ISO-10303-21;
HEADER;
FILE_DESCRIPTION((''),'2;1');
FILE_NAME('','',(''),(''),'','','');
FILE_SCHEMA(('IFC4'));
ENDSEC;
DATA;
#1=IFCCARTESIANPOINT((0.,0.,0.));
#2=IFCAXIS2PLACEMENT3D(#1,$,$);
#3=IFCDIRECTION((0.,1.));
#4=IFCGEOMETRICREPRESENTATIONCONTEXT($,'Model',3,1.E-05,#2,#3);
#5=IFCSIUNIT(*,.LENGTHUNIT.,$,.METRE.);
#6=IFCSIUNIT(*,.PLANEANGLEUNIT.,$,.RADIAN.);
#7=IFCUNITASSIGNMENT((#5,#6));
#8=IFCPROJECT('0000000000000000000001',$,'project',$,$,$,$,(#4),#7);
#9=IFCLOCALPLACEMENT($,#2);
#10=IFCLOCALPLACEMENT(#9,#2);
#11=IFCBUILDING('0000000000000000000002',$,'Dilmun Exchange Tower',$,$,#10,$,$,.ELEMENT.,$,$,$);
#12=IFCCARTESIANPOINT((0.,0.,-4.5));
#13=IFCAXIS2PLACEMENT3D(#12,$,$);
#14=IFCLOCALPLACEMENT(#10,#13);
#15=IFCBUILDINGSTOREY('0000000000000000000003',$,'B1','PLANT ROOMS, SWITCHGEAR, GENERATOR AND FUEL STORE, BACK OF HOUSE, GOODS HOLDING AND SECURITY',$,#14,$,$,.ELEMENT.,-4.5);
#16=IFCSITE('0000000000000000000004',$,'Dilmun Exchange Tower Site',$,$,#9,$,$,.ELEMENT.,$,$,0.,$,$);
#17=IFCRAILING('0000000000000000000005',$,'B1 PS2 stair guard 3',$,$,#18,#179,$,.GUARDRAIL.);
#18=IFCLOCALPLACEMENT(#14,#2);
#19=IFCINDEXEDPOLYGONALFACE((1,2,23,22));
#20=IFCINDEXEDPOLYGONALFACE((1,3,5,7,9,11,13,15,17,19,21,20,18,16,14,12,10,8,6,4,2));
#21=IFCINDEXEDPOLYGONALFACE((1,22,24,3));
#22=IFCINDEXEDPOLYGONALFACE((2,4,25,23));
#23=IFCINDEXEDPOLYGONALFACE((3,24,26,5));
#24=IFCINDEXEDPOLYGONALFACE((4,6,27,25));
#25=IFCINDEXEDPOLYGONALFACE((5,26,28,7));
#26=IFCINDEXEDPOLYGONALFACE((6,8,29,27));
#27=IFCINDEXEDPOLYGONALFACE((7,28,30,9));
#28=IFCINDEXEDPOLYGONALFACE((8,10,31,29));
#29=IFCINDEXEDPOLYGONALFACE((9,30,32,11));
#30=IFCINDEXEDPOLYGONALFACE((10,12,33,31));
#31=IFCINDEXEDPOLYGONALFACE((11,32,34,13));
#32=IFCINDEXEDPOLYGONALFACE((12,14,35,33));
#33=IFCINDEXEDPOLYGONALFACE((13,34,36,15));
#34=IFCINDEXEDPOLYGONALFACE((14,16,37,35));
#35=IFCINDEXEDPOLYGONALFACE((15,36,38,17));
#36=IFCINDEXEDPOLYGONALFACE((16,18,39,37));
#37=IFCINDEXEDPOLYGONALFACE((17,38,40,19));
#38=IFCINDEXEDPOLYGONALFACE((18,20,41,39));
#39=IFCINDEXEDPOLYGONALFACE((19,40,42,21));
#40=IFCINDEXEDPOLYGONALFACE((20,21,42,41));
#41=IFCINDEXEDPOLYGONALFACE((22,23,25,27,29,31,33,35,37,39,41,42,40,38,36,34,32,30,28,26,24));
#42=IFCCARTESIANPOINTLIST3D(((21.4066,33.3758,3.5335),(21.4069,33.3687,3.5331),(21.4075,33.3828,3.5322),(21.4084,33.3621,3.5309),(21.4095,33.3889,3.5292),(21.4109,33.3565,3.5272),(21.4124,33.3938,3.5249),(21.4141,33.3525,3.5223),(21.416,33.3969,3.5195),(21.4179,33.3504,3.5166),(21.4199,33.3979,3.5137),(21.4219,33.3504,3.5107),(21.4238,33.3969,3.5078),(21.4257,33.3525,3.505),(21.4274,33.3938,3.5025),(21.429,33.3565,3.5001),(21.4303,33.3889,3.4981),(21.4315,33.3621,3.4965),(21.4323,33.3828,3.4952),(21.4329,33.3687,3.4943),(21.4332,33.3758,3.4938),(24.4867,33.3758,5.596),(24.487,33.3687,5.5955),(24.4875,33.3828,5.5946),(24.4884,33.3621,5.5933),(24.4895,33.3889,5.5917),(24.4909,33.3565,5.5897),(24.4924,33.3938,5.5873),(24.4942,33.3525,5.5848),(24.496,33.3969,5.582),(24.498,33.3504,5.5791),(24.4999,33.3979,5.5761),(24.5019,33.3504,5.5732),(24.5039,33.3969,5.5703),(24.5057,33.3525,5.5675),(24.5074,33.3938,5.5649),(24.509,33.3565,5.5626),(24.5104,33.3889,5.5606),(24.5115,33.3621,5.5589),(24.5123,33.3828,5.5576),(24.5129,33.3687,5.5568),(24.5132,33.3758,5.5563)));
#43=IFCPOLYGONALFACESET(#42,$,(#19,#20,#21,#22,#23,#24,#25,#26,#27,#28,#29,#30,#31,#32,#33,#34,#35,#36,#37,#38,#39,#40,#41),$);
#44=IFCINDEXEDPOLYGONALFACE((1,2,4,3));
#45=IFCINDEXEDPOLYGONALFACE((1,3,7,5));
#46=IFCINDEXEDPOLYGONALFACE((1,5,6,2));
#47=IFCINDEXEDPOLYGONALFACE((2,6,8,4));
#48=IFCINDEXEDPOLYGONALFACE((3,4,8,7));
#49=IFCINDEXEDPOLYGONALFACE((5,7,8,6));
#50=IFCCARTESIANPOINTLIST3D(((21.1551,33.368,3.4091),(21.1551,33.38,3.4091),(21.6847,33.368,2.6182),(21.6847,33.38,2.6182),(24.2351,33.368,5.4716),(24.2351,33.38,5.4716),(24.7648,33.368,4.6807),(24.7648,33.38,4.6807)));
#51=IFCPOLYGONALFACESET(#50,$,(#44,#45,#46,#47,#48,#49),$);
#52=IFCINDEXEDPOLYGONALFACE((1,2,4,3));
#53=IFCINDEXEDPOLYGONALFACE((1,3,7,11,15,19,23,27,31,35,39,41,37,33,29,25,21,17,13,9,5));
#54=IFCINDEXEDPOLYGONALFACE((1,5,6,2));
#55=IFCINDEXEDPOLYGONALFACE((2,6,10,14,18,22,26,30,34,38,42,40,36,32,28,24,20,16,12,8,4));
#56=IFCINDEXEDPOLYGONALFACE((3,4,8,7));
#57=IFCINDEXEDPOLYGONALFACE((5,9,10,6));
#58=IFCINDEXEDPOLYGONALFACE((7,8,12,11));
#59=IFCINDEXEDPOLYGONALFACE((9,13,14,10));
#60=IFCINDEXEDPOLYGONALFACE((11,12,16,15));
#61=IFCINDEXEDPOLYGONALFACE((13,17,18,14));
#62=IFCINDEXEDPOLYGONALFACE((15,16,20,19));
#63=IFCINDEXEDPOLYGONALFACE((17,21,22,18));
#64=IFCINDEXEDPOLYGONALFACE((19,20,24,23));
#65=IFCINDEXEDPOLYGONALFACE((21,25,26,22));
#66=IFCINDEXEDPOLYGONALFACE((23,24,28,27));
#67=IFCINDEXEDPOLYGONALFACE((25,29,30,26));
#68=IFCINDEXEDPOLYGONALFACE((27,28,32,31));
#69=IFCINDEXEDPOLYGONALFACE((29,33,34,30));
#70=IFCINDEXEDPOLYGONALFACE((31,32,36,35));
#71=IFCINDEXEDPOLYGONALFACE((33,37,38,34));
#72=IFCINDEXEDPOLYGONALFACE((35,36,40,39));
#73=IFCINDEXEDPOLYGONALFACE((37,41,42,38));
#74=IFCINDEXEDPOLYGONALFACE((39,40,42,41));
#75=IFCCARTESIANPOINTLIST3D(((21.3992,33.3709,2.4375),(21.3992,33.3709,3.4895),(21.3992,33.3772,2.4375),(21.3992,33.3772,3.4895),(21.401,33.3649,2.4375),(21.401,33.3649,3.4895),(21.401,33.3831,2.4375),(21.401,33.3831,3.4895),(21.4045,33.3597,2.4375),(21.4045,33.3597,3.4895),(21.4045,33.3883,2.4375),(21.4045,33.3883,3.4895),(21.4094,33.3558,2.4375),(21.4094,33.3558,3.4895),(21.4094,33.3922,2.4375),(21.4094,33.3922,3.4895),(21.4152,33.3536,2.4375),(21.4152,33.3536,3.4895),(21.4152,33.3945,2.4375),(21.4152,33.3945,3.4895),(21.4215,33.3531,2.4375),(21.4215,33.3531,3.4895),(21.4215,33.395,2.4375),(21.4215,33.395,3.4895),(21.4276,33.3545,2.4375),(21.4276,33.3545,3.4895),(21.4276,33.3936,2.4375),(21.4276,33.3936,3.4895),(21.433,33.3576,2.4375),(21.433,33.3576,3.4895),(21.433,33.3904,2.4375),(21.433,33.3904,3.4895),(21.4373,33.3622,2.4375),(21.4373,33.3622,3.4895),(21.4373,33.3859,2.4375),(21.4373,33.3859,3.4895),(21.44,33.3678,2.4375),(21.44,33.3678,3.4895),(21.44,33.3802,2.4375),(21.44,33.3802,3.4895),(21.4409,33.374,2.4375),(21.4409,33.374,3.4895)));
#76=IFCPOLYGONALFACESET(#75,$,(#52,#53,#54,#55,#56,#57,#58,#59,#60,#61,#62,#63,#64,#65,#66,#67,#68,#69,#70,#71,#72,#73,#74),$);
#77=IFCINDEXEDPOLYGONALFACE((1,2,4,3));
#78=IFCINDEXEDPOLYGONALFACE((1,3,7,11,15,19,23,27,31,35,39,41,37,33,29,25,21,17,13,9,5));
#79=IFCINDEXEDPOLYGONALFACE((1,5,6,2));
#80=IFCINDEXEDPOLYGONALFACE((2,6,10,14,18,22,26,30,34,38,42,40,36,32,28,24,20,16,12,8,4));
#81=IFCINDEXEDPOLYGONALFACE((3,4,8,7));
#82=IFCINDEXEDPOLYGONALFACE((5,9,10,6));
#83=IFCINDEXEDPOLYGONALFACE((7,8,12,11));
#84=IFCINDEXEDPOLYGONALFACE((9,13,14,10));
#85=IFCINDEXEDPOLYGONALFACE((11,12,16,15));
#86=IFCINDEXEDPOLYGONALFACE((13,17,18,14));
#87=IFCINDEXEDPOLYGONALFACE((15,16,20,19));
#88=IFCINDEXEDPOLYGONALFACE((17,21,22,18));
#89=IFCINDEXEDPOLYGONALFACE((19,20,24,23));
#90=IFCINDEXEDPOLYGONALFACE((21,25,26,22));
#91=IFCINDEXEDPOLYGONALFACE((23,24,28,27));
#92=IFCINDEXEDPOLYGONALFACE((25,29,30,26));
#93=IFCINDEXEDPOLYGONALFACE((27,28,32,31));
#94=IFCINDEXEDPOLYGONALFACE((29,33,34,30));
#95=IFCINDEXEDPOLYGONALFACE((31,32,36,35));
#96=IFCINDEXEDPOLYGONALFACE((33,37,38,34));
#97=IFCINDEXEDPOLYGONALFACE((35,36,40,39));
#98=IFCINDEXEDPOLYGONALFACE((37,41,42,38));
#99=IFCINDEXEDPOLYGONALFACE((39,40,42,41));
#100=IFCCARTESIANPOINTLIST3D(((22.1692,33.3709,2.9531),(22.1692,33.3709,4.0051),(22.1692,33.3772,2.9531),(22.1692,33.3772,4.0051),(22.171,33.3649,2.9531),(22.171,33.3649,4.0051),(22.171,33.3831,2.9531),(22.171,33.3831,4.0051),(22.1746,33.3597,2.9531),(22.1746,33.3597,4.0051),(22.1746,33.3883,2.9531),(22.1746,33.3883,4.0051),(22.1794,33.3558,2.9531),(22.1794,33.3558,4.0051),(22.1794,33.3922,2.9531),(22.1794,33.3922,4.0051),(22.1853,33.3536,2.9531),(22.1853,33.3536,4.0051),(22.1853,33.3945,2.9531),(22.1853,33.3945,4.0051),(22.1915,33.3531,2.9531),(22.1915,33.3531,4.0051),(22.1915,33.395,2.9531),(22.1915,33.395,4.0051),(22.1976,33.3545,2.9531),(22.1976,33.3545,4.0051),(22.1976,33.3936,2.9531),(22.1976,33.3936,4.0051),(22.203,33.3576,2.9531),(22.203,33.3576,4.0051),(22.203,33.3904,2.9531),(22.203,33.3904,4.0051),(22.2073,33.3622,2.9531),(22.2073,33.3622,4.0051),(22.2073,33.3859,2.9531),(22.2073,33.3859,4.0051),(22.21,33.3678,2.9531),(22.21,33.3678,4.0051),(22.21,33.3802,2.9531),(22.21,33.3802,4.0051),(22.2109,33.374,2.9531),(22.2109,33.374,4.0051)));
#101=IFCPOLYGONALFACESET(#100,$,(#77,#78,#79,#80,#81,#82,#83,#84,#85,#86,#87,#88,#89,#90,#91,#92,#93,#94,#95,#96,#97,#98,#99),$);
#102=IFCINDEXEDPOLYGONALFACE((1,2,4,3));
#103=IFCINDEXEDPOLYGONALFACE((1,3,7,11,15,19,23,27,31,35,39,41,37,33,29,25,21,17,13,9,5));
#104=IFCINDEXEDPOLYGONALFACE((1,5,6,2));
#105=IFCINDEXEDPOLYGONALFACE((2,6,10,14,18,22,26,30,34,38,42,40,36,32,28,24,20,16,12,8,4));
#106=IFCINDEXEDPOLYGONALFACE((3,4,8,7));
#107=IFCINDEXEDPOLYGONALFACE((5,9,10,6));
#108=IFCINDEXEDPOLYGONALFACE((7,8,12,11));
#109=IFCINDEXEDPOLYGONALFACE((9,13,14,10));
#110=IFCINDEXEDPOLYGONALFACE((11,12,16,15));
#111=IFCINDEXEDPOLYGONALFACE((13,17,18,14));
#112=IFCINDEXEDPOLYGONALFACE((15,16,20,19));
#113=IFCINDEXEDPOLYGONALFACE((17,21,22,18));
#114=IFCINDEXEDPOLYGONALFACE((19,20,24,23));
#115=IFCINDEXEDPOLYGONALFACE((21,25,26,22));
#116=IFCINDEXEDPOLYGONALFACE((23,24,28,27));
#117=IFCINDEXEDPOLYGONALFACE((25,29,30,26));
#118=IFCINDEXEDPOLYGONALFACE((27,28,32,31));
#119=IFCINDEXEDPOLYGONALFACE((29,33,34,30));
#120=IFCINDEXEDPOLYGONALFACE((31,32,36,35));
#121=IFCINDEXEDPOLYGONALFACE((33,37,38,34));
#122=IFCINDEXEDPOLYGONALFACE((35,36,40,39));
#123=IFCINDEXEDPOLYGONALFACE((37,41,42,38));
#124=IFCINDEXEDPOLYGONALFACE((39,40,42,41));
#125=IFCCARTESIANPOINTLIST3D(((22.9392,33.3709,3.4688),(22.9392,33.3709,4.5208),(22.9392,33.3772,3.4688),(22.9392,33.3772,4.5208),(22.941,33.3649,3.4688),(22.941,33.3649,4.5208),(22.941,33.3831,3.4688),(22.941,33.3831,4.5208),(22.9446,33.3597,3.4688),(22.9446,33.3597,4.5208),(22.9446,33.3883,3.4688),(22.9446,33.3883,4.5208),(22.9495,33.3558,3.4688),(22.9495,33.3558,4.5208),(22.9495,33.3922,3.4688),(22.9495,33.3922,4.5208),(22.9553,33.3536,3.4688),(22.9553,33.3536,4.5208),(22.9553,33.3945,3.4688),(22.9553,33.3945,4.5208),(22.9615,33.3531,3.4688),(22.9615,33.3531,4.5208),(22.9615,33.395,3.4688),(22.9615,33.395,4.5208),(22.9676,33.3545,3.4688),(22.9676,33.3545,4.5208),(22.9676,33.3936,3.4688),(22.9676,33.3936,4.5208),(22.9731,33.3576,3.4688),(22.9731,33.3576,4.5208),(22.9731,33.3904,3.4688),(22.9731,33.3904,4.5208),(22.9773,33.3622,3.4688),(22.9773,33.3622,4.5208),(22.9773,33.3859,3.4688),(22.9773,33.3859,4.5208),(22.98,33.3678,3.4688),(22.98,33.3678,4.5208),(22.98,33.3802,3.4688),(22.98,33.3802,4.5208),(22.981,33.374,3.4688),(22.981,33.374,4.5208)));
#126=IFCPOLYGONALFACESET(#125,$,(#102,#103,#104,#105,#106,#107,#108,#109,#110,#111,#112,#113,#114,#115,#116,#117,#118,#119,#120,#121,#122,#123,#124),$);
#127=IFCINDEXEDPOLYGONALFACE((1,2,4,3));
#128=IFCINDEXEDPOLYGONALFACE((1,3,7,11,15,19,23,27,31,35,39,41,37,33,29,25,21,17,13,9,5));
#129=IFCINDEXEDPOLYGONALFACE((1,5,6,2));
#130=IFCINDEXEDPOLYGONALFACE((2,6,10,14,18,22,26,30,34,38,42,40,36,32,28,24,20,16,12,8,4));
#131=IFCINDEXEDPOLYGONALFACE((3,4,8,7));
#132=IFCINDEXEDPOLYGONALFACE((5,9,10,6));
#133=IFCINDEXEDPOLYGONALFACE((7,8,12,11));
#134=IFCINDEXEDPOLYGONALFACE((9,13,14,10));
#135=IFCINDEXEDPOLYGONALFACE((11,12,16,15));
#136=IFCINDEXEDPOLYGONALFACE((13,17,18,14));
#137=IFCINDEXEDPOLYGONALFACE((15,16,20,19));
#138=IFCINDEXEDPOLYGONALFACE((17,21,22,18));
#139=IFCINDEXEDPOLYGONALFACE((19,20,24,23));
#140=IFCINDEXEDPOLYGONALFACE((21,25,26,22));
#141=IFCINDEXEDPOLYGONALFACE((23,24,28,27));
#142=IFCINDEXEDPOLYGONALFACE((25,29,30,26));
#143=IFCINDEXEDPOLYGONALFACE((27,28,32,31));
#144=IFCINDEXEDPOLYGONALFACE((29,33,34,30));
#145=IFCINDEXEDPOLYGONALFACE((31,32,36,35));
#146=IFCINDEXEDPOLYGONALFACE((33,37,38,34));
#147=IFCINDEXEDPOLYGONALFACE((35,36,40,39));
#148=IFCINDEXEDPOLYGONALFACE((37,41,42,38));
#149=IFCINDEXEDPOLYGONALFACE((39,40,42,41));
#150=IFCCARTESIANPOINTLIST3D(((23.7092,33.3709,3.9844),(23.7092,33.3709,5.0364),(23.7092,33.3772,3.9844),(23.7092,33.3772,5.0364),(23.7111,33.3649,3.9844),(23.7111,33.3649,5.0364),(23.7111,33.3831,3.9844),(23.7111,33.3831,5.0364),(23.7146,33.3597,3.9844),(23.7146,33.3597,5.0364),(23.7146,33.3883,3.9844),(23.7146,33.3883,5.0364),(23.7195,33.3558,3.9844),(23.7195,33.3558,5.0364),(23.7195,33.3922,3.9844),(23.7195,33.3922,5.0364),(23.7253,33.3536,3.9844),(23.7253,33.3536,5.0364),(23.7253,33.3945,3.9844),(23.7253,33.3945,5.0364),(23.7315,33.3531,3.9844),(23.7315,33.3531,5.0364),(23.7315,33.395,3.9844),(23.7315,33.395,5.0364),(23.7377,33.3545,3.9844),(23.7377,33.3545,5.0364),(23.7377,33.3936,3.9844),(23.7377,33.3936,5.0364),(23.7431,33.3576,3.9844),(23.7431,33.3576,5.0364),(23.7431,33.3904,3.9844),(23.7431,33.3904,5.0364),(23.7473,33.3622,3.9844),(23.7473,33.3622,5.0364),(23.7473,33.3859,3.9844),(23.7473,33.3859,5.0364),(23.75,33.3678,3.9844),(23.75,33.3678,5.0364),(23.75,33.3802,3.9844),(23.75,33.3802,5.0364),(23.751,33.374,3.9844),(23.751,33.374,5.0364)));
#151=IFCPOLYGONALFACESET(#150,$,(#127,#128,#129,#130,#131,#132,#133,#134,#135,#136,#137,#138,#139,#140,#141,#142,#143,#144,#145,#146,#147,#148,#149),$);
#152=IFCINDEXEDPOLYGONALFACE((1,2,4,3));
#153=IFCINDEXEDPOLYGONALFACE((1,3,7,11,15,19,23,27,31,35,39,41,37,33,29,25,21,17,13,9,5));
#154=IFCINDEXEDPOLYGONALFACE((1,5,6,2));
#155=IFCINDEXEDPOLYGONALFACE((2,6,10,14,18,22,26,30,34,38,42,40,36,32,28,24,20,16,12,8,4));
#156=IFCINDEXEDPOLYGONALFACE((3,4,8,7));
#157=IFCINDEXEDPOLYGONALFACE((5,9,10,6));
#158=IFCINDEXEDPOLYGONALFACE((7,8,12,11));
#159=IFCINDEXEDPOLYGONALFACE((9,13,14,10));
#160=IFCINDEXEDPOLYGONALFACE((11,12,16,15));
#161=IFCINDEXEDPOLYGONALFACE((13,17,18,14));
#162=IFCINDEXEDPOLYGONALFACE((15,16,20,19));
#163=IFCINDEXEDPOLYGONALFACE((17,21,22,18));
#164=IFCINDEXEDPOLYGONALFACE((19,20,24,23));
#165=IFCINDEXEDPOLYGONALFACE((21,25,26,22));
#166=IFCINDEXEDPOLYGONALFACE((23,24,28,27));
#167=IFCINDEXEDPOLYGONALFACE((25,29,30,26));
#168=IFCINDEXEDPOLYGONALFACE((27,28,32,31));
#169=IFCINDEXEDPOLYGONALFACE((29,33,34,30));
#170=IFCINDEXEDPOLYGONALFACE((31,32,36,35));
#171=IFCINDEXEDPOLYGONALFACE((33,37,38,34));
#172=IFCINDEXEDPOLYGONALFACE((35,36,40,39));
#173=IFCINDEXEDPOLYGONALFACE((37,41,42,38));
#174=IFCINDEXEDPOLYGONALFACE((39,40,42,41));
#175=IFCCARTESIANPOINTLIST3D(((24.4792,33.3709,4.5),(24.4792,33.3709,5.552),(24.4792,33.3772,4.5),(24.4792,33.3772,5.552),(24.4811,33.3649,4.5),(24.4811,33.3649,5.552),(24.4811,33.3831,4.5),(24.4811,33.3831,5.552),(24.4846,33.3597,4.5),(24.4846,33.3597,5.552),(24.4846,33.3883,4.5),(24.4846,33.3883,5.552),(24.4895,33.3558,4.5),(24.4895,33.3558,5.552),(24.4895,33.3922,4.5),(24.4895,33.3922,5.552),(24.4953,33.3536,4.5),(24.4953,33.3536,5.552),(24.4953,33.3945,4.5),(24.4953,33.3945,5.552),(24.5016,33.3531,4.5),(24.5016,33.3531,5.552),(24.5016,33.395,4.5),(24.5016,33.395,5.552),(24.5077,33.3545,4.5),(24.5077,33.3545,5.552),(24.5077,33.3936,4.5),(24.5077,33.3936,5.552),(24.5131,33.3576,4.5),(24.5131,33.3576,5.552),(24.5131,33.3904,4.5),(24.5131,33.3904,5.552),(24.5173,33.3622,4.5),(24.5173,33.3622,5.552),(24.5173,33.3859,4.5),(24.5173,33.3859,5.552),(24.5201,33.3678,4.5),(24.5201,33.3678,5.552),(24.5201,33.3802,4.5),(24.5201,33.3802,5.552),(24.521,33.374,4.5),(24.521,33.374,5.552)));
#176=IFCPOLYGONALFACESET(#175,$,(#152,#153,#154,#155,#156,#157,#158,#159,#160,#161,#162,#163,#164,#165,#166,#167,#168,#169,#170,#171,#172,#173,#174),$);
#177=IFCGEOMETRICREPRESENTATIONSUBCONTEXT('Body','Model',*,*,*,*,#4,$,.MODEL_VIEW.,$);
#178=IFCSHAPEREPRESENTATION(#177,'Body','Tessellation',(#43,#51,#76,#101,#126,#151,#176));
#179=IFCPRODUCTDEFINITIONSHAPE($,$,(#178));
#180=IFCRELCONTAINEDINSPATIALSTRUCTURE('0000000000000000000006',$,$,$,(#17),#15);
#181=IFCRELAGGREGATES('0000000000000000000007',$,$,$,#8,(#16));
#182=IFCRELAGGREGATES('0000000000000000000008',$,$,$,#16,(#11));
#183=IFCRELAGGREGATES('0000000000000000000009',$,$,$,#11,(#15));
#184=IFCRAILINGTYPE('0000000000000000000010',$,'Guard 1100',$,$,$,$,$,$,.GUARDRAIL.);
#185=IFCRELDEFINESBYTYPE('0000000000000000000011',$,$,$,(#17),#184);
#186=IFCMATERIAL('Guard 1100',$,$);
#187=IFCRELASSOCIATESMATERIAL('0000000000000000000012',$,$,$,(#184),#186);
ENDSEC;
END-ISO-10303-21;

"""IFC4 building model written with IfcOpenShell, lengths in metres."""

from ifc_helpers import new_model, si_unit, direction, frame, origin, origin_2d, place, context, subcontext, project, spatial, rectangle, circle, extrude, material, type_object, element, save


model = new_model("IFC4")

# Units and contexts
model_context = context("Model", 3, precision=1e-05, world=origin(), true_north=direction((0.0, 1.0)))
body_context = subcontext(model_context, "Body", "Model", "MODEL_VIEW")
ifc_project = project(units=[si_unit("LENGTHUNIT", "METRE"), si_unit("PLANEANGLEUNIT", "RADIAN")], contexts=[model_context])

# Site, building, storey
site_placement = place(None, origin())
site = spatial("IfcSite", under=ifc_project, at=site_placement, Name="Dilmun Exchange Tower Site", CompositionType="ELEMENT", RefElevation=0.0)
building_placement = place(site_placement, origin())
building = spatial("IfcBuilding", under=site, at=building_placement, Name="Dilmun Exchange Tower", CompositionType="ELEMENT")
storey_placement = place(building_placement, frame((0.0, 0.0, -4.5)))
storey = spatial("IfcBuildingStorey", under=building, at=storey_placement, Name="B1", Description="PLANT ROOMS, SWITCHGEAR, GENERATOR AND FUEL STORE, BACK OF HOUSE, GOODS HOLDING AND SECURITY", CompositionType="ELEMENT", Elevation=-4.5)

# Railing
ifc_material_1 = material(Name="Guard 1100")
railing_type_1 = type_object("IfcRailingType", Name="Guard 1100", PredefinedType="GUARDRAIL", material=ifc_material_1)
railing_1_placement = place(storey_placement, frame((21.4199, 33.374, 2.4375)))
element("IfcRailing", 1, at=railing_1_placement, inside=storey, type_object=railing_type_1, Name="B1 PS2 stair guard 3", PredefinedType="GUARDRAIL", context=body_context, shape_type="SweptSolid", body=[
    extrude(circle(Radius=0.0239, at=origin_2d()), frame((0.0, 0.0, 1.0762), z_axis=(0.830914, 0.0, 0.556401), x_axis=(0.0, 1.0, 0.0)), (0.0, 0.0, 1.0), 3.7068),
    extrude(rectangle(XDim=0.012, YDim=0.9519, at=origin_2d()), frame((0.0, 0.0, 0.5762), z_axis=(0.830914, 0.0, 0.556401), x_axis=(0.0, 1.0, 0.0)), (0.0, 0.0, 1.0), 3.7068),
    extrude(circle(Radius=0.021, at=origin_2d()), origin(), (0.0, 0.0, 1.0), 1.052),
    extrude(circle(Radius=0.021, at=origin_2d()), frame((0.77, 0.0, 0.5156)), (0.0, 0.0, 1.0), 1.052),
    extrude(circle(Radius=0.021, at=origin_2d()), frame((1.54, 0.0, 1.0312)), (0.0, 0.0, 1.0), 1.052),
    extrude(circle(Radius=0.021, at=origin_2d()), frame((2.3101, 0.0, 1.5469)), (0.0, 0.0, 1.0), 1.052),
    extrude(circle(Radius=0.021, at=origin_2d()), frame((3.0801, 0.0, 2.0625)), (0.0, 0.0, 1.0), 1.052),
])

save(model, "model.ifc")
